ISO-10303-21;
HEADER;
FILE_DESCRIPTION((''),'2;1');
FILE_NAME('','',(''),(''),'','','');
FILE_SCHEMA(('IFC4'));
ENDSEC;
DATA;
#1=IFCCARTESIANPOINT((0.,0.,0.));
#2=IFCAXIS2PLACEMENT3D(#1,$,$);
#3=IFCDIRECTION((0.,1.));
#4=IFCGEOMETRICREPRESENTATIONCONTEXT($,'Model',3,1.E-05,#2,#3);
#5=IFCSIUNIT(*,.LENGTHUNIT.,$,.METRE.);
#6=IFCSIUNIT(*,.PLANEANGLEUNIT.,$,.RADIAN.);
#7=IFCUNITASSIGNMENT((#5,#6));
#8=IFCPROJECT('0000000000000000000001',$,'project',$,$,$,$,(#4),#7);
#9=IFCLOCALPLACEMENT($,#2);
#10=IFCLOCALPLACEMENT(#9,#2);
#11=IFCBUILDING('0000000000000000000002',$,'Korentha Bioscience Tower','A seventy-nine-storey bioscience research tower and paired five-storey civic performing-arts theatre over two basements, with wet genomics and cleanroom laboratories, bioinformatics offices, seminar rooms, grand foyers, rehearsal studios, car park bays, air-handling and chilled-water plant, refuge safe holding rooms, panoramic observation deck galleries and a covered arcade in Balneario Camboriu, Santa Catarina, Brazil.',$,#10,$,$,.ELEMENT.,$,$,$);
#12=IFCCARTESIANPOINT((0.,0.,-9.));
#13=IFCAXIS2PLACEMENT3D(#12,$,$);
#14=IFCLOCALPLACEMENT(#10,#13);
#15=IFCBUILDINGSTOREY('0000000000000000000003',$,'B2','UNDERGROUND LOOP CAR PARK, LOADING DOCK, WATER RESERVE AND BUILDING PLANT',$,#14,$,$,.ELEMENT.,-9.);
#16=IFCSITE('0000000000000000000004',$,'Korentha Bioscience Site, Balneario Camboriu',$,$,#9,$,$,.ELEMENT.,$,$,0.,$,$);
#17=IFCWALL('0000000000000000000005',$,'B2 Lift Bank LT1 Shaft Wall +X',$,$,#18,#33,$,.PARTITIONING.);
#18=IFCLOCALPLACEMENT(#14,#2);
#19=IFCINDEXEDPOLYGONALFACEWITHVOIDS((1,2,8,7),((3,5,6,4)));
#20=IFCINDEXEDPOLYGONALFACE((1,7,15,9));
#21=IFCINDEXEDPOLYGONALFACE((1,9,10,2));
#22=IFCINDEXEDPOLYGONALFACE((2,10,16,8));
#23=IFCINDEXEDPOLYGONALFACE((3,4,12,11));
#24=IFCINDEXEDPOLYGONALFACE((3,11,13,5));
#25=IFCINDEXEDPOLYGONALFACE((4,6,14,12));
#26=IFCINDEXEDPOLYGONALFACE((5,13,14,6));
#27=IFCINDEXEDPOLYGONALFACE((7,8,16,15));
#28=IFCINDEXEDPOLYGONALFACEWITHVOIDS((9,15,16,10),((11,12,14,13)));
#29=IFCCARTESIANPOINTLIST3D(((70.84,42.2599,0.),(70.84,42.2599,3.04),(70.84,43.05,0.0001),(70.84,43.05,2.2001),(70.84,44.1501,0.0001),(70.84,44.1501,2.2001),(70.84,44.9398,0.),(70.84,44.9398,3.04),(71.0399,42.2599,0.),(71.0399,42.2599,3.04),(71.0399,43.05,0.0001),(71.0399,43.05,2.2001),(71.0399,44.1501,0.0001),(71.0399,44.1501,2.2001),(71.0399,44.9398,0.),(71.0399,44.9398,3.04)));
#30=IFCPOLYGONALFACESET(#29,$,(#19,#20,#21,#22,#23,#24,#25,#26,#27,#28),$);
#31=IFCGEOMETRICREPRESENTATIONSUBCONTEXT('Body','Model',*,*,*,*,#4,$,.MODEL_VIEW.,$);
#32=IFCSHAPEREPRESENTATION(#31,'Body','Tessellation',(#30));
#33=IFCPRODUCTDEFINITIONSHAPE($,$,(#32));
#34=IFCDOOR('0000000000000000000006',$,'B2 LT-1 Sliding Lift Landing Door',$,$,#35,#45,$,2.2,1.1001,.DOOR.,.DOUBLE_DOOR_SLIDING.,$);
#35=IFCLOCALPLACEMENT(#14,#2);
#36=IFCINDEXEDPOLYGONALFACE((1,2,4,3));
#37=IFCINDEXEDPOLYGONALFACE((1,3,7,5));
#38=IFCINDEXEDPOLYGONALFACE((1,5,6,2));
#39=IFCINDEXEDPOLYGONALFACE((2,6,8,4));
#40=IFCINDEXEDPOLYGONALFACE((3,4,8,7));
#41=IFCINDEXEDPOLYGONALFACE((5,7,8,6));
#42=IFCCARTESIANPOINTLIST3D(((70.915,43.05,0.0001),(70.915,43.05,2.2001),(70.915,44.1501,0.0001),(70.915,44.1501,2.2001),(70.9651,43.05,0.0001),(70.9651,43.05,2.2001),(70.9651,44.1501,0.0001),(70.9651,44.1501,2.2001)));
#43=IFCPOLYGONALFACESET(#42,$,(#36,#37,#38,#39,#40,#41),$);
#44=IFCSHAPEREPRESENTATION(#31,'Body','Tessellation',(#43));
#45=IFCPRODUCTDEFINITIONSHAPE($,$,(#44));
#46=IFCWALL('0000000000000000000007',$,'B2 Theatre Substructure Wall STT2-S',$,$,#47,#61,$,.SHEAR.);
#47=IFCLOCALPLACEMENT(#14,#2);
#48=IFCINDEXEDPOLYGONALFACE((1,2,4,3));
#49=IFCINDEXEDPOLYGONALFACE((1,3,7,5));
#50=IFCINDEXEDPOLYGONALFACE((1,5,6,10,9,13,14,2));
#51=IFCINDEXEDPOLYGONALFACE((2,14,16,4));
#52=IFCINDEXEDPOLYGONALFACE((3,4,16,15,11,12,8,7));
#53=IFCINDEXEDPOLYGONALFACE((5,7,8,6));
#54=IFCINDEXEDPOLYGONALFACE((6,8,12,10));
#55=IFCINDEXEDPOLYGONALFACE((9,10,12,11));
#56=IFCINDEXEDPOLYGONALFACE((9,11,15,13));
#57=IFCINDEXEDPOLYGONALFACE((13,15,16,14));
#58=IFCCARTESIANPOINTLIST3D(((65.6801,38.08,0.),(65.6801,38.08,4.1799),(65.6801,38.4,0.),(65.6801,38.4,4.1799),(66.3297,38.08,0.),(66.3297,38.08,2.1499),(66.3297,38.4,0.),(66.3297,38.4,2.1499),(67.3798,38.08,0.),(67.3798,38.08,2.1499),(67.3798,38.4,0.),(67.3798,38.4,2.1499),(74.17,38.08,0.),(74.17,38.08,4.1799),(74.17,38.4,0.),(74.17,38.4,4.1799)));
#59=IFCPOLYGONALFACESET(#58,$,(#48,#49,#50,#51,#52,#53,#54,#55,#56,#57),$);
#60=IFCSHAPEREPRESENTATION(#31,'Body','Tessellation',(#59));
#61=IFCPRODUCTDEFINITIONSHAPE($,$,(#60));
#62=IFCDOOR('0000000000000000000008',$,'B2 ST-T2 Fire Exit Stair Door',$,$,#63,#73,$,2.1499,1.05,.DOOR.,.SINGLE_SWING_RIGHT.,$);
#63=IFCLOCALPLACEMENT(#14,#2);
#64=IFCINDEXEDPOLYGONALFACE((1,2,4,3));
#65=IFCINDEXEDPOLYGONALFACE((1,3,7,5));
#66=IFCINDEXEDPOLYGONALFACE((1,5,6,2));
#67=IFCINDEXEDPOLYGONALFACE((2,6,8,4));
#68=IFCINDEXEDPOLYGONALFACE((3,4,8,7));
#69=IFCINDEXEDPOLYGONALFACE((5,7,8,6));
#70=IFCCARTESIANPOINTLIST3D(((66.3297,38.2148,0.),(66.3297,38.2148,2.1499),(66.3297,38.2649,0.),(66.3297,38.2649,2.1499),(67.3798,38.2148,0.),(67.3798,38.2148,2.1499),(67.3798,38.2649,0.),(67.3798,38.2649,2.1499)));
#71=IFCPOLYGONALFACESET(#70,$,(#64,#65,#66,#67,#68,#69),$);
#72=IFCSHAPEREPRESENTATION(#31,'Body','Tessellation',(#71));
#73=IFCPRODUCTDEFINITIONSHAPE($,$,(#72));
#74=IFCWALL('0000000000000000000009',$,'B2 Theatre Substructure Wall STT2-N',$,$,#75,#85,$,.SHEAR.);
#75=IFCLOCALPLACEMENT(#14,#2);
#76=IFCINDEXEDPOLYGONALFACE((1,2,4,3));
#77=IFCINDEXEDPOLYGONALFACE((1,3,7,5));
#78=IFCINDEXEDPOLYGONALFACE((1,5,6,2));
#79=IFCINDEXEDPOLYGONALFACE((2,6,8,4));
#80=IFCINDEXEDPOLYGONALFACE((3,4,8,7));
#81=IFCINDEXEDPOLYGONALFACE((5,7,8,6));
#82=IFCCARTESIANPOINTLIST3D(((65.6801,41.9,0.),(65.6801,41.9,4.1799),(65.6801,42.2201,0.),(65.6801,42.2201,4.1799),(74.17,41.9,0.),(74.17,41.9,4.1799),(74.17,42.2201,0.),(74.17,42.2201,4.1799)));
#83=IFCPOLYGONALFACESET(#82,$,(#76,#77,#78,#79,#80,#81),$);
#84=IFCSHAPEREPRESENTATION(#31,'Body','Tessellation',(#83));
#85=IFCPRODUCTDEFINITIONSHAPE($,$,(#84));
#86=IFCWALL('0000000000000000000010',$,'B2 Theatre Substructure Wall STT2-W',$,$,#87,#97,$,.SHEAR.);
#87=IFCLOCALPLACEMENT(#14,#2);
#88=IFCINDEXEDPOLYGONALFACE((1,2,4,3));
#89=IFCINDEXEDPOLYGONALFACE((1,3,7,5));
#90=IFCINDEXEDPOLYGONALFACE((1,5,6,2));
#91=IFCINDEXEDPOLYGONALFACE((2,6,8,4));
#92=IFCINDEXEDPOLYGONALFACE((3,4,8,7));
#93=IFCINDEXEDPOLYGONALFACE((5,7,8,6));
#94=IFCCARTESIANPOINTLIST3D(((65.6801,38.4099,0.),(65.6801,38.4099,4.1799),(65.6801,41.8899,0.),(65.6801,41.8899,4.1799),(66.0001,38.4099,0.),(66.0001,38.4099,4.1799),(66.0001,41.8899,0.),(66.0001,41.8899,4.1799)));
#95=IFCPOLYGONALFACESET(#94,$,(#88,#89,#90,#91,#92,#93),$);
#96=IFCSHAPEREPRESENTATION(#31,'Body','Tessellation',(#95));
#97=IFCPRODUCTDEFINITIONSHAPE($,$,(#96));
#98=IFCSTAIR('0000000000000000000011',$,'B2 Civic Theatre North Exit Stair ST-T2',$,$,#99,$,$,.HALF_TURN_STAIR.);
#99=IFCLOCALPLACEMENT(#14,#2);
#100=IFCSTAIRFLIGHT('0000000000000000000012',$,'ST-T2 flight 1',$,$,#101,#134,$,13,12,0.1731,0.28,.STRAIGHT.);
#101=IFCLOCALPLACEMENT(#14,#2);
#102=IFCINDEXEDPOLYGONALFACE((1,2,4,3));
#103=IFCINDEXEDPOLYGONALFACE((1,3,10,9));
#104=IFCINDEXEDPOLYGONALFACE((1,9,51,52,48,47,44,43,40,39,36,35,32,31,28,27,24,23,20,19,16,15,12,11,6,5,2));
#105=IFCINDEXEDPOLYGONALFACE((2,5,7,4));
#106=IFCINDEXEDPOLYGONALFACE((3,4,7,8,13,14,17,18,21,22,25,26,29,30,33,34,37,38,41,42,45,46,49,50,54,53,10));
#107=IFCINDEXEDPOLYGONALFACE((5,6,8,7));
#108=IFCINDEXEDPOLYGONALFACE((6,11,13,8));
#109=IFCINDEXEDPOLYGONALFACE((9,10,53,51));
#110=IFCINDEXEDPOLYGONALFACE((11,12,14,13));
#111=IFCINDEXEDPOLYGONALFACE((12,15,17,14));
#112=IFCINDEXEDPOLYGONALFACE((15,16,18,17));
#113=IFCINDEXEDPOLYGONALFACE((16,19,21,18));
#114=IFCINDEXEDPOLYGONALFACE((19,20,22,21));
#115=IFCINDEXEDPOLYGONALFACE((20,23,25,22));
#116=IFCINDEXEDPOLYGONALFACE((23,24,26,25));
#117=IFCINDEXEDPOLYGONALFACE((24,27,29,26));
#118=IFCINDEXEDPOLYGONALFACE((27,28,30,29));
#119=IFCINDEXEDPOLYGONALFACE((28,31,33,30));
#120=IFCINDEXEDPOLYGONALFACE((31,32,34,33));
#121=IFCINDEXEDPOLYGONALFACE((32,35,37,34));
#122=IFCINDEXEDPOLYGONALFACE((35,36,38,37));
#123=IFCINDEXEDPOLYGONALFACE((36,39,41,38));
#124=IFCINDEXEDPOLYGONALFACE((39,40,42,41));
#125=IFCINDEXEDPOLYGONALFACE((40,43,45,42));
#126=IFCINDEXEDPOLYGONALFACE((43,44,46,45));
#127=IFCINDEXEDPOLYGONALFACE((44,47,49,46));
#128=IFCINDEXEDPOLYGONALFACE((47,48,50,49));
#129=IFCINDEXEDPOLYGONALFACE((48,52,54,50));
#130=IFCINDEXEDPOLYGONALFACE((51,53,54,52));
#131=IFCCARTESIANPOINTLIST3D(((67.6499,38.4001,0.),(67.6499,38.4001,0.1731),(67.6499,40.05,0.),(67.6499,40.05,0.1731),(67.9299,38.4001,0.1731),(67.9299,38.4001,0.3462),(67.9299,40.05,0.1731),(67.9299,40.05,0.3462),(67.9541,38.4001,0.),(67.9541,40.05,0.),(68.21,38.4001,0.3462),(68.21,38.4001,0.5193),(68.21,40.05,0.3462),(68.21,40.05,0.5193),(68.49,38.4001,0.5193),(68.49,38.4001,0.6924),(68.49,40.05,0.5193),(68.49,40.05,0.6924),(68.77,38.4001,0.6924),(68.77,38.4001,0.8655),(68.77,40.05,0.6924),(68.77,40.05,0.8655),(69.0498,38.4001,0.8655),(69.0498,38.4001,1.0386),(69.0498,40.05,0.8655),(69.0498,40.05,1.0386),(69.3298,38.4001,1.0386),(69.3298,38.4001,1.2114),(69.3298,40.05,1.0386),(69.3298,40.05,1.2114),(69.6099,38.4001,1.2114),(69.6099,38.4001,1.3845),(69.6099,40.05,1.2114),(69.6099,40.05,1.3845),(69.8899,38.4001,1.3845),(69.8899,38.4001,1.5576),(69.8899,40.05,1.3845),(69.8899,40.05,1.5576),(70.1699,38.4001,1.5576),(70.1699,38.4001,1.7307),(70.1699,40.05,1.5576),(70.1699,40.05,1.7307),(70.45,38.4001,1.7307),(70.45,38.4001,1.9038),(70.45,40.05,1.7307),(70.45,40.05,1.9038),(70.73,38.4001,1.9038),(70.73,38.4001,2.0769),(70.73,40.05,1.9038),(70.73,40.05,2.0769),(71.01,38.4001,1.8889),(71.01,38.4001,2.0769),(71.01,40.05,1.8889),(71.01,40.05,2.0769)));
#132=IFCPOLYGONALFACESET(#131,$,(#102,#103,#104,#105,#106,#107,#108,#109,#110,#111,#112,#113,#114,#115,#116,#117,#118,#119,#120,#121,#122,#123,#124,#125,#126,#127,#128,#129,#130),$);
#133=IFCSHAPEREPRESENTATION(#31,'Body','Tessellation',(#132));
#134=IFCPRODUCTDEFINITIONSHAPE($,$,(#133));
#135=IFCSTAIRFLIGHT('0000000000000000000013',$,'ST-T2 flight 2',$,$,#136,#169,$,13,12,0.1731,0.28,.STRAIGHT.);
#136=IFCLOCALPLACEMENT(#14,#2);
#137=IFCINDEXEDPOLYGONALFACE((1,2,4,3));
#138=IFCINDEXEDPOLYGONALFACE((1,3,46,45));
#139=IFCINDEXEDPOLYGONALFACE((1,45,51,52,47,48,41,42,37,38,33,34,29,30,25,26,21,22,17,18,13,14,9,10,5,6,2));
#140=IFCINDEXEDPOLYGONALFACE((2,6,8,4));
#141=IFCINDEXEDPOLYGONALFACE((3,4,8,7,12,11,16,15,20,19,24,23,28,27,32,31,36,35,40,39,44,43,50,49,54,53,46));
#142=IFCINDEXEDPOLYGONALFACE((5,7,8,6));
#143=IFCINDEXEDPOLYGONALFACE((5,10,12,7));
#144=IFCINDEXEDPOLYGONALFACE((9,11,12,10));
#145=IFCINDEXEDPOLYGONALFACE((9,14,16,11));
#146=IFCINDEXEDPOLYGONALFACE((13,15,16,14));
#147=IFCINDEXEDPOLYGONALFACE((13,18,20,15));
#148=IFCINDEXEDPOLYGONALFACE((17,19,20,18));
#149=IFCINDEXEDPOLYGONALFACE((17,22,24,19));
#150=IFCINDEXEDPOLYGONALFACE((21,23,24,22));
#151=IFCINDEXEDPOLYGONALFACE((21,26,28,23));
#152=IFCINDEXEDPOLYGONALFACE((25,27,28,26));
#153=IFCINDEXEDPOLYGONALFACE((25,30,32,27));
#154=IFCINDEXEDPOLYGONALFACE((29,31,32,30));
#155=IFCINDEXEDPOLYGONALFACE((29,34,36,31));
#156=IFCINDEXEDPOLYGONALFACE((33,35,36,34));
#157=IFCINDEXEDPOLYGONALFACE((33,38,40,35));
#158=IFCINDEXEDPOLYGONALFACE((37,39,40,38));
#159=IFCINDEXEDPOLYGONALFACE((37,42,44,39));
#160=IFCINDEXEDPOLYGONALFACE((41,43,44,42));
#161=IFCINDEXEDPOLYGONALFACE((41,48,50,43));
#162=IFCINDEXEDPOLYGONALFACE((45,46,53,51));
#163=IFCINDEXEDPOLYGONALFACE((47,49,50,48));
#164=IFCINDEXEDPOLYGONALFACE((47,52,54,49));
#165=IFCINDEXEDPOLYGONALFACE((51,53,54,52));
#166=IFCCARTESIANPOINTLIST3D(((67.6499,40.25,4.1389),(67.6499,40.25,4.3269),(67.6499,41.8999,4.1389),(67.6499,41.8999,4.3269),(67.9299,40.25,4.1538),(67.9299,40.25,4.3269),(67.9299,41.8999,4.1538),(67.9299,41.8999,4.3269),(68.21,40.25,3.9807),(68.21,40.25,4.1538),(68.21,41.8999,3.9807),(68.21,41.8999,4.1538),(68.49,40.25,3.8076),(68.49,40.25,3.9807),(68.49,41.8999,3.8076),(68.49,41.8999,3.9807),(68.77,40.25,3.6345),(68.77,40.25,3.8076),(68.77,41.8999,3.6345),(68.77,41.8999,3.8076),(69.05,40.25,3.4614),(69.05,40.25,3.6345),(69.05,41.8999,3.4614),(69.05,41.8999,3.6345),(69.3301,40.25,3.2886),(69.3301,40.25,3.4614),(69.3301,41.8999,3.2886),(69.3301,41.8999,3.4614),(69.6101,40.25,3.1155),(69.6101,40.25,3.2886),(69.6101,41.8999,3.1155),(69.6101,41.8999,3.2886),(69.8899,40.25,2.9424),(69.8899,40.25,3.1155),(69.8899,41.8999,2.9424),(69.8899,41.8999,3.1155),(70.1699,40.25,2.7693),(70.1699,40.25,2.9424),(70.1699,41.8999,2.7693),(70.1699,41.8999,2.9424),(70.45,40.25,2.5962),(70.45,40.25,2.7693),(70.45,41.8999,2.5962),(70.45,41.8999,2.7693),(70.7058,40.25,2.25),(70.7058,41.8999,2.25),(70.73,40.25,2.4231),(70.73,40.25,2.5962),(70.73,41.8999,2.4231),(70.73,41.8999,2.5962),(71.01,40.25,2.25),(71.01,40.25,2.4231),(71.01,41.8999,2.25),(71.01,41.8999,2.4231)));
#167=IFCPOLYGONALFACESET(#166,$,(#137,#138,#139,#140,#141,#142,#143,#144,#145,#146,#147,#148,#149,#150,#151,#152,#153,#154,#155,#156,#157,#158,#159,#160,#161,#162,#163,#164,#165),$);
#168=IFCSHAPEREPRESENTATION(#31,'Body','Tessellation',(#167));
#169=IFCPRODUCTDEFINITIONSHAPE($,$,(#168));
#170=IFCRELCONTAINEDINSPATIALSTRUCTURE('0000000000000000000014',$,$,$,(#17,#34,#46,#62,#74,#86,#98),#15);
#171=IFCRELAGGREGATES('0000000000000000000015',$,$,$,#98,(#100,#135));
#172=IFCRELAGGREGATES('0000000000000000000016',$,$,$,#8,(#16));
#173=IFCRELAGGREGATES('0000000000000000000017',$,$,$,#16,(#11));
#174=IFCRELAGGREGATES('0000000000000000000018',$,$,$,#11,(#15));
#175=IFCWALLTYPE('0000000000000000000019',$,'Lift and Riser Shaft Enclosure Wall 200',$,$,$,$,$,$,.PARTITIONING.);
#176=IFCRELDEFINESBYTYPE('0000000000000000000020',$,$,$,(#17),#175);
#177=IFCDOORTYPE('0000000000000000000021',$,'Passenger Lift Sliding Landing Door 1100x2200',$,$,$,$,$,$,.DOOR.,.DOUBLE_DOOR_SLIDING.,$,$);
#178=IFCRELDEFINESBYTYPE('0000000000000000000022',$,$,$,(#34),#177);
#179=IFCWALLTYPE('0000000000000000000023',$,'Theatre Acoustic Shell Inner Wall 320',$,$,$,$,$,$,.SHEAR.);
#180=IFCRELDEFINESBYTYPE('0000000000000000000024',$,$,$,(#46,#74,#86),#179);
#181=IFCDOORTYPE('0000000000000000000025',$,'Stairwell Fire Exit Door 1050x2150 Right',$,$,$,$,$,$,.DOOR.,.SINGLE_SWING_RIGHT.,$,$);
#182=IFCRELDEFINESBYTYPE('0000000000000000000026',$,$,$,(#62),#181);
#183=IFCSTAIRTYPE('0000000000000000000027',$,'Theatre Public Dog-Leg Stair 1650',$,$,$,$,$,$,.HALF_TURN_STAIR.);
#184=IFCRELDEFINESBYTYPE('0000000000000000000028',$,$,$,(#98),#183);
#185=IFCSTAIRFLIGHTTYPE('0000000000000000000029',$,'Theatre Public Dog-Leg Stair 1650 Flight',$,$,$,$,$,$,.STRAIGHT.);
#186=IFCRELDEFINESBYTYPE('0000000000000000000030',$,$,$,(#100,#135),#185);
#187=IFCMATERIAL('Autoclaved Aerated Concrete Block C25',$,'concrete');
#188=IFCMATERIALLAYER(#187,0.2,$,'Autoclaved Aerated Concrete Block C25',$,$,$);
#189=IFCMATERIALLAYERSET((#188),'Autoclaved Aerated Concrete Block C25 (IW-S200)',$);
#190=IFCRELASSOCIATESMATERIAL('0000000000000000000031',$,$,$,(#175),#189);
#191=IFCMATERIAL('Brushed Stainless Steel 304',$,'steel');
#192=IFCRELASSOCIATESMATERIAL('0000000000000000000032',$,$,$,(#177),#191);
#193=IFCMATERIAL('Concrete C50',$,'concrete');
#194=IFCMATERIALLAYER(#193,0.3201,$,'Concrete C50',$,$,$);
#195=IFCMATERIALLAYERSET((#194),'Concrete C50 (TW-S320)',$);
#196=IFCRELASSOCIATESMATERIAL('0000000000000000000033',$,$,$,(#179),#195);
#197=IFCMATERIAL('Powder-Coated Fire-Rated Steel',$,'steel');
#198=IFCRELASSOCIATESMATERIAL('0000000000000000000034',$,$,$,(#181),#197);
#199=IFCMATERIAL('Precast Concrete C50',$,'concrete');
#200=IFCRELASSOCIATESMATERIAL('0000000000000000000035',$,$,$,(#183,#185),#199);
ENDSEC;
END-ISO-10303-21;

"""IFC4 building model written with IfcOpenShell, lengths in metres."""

from ifc_helpers import new_model, si_unit, direction, frame, frame_2d, origin, place, context, subcontext, project, spatial, polyline, rectangle, outline, extrude, material, layer, layer_set, type_object, element, fill, aggregate, save


model = new_model("IFC4")

# Units and contexts
model_context = context("Model", 3, precision=1e-05, world=origin(), true_north=direction((0.0, 1.0)))
body_context = subcontext(model_context, "Body", "Model", "MODEL_VIEW")
ifc_project = project(units=[si_unit("LENGTHUNIT", "METRE"), si_unit("PLANEANGLEUNIT", "RADIAN")], contexts=[model_context])

# Site, building, storey
site_placement = place(None, origin())
site = spatial("IfcSite", under=ifc_project, at=site_placement, Name="Korentha Bioscience Site, Balneario Camboriu", CompositionType="ELEMENT", RefElevation=0.0)
building_placement = place(site_placement, origin())
building = spatial("IfcBuilding", under=site, at=building_placement, Name="Korentha Bioscience Tower", Description="A seventy-nine-storey bioscience research tower and paired five-storey civic performing-arts theatre over two basements, with wet genomics and cleanroom laboratories, bioinformatics offices, seminar rooms, grand foyers, rehearsal studios, car park bays, air-handling and chilled-water plant, refuge safe holding rooms, panoramic observation deck galleries and a covered arcade in Balneario Camboriu, Santa Catarina, Brazil.", CompositionType="ELEMENT")
storey_placement = place(building_placement, frame((0.0, 0.0, -9.0)))
storey = spatial("IfcBuildingStorey", under=building, at=storey_placement, Name="B2", Description="UNDERGROUND LOOP CAR PARK, LOADING DOCK, WATER RESERVE AND BUILDING PLANT", CompositionType="ELEMENT", Elevation=-9.0)

# Shared definitions
ifc_material_1 = material(Name="Concrete C50", Category="concrete")

# Shared definitions
ifc_material_2 = material(Name="Autoclaved Aerated Concrete Block C25", Category="concrete")
ifc_layer_1 = layer(ifc_material_2, 0.2, Name="Autoclaved Aerated Concrete Block C25")
ifc_layer_set_1 = layer_set([ifc_layer_1], Name="Autoclaved Aerated Concrete Block C25 (IW-S200)")
wall_type_1 = type_object("IfcWallType", Name="Lift and Riser Shaft Enclosure Wall 200", PredefinedType="PARTITIONING", material=ifc_layer_set_1)

# Walls, openings, doors
wall_1_placement = place(storey_placement, frame((70.9399, 42.26, 0.0), z_axis=(0.0, 0.0, 1.0), x_axis=(0.0, 1.0, 0.0)))
wall_1 = element("IfcWall", 1, at=wall_1_placement, inside=storey, type_object=wall_type_1, Name="B2 Lift Bank LT1 Shaft Wall +X", PredefinedType="PARTITIONING", context=body_context, shape_type="SweptSolid", body=[
    extrude(rectangle(XDim=2.6799, YDim=0.2, at=frame_2d((1.3398, 0.0))), origin(), (0.0, 0.0, 1.0), 3.04),
])
opening_1_placement = place(wall_1_placement, frame((0.79, 0.0, 0.0)))
opening_1 = element("IfcOpeningElement", 2, at=opening_1_placement, cuts=wall_1, PredefinedType="OPENING", context=body_context, shape_type="SweptSolid", body=[
    extrude(rectangle(XDim=1.1001, YDim=2.2, at=frame_2d((0.55, 1.1001))), frame((0.0, 0.1147, 0.0), z_axis=(0.0, -1.0, 0.0), x_axis=(1.0, 0.0, 0.0)), (0.0, 0.0, 1.0), 0.2297),
])
ifc_material_3 = material(Name="Brushed Stainless Steel 304", Category="steel")
door_type_1 = type_object("IfcDoorType", Name="Passenger Lift Sliding Landing Door 1100x2200", OperationType="DOUBLE_DOOR_SLIDING", PredefinedType="DOOR", material=ifc_material_3)
door_1_placement = place(opening_1_placement, origin())
door_1 = element("IfcDoor", 3, at=door_1_placement, inside=storey, type_object=door_type_1, Name="B2 LT-1 Sliding Lift Landing Door", OperationType="DOUBLE_DOOR_SLIDING", OverallHeight=2.2, OverallWidth=1.1001, PredefinedType="DOOR", context=body_context, shape_type="SweptSolid", body=[
    extrude(rectangle(XDim=1.1001, YDim=2.2, at=frame_2d((0.55, 1.1001))), frame((0.0, 0.0249, 0.0), z_axis=(0.0, -1.0, 0.0), x_axis=(1.0, 0.0, 0.0)), (0.0, 0.0, 1.0), 0.05),
])
fill(opening_1, door_1)
ifc_layer_2 = layer(ifc_material_1, 0.3201, Name="Concrete C50")
ifc_layer_set_2 = layer_set([ifc_layer_2], Name="Concrete C50 (TW-S320)")
wall_type_2 = type_object("IfcWallType", Name="Theatre Acoustic Shell Inner Wall 320", PredefinedType="SHEAR", material=ifc_layer_set_2)
wall_2_placement = place(storey_placement, frame((65.6799, 38.24, 0.0), z_axis=(0.0, 0.0, 1.0), x_axis=(1.0, 0.0, 0.0)))
wall_2 = element("IfcWall", 4, at=wall_2_placement, inside=storey, type_object=wall_type_2, Name="B2 Theatre Substructure Wall STT2-S", PredefinedType="SHEAR", context=body_context, shape_type="SweptSolid", body=[
    extrude(rectangle(XDim=8.49, YDim=0.3201, at=frame_2d((4.2451, 0.0))), origin(), (0.0, 0.0, 1.0), 4.1799),
])
opening_2_placement = place(wall_2_placement, frame((0.6499, 0.0, 0.0)))
opening_2 = element("IfcOpeningElement", 5, at=opening_2_placement, cuts=wall_2, PredefinedType="OPENING", context=body_context, shape_type="SweptSolid", body=[
    extrude(rectangle(XDim=1.05, YDim=2.1499, at=frame_2d((0.5249, 1.075))), frame((0.0, 0.1748, 0.0), z_axis=(0.0, -1.0, 0.0), x_axis=(1.0, 0.0, 0.0)), (0.0, 0.0, 1.0), 0.3499),
])
ifc_material_4 = material(Name="Powder-Coated Fire-Rated Steel", Category="steel")
door_type_2 = type_object("IfcDoorType", Name="Stairwell Fire Exit Door 1050x2150 Right", OperationType="SINGLE_SWING_RIGHT", PredefinedType="DOOR", material=ifc_material_4)
door_2_placement = place(opening_2_placement, origin())
door_2 = element("IfcDoor", 6, at=door_2_placement, inside=storey, type_object=door_type_2, Name="B2 ST-T2 Fire Exit Stair Door", OperationType="SINGLE_SWING_RIGHT", OverallHeight=2.1499, OverallWidth=1.05, PredefinedType="DOOR", context=body_context, shape_type="SweptSolid", body=[
    extrude(rectangle(XDim=1.05, YDim=2.1499, at=frame_2d((0.5249, 1.075))), frame((0.0, 0.0249, 0.0), z_axis=(0.0, -1.0, 0.0), x_axis=(1.0, 0.0, 0.0)), (0.0, 0.0, 1.0), 0.05),
])
fill(opening_2, door_2)

# Walls
wall_3_placement = place(storey_placement, frame((65.6799, 42.0601, 0.0), z_axis=(0.0, 0.0, 1.0), x_axis=(1.0, 0.0, 0.0)))
element("IfcWall", 7, at=wall_3_placement, inside=storey, type_object=wall_type_2, Name="B2 Theatre Substructure Wall STT2-N", PredefinedType="SHEAR", context=body_context, shape_type="SweptSolid", body=[
    extrude(rectangle(XDim=8.49, YDim=0.3201, at=frame_2d((4.2451, 0.0))), origin(), (0.0, 0.0, 1.0), 4.1799),
])
wall_4_placement = place(storey_placement, frame((65.8401, 38.4099, 0.0), z_axis=(0.0, 0.0, 1.0), x_axis=(0.0, 1.0, 0.0)))
element("IfcWall", 8, at=wall_4_placement, inside=storey, type_object=wall_type_2, Name="B2 Theatre Substructure Wall STT2-W", PredefinedType="SHEAR", context=body_context, shape_type="SweptSolid", body=[
    extrude(rectangle(XDim=3.48, YDim=0.3201, at=frame_2d((1.74, 0.0))), origin(), (0.0, 0.0, 1.0), 4.1799),
])

# Stair, stair flights
ifc_material_5 = material(Name="Precast Concrete C50", Category="concrete")
stair_type = type_object("IfcStairType", Name="Theatre Public Dog-Leg Stair 1650", PredefinedType="HALF_TURN_STAIR", material=ifc_material_5)
stair_placement = place(storey_placement, origin())
stair = element("IfcStair", 9, at=stair_placement, inside=storey, type_object=stair_type, Name="B2 Civic Theatre North Exit Stair ST-T2", PredefinedType="HALF_TURN_STAIR")
stair_flight_type = type_object("IfcStairFlightType", Name="Theatre Public Dog-Leg Stair 1650 Flight", PredefinedType="STRAIGHT", material=ifc_material_5)
stair_flight_1_placement = place(storey_placement, frame((67.6499, 39.2251, 0.0), z_axis=(0.0, 0.0, 1.0), x_axis=(1.0, 0.0, 0.0)))
stair_flight_1 = element("IfcStairFlight", 10, at=stair_flight_1_placement, type_object=stair_flight_type, Name="ST-T2 flight 1", NumberOfRisers=13, NumberOfTreads=12, PredefinedType="STRAIGHT", RiserHeight=0.1731, TreadLength=0.28, context=body_context, shape_type="SweptSolid", body=[
    extrude(outline(polyline([(0.0, 0.0), (0.0, 0.1731), (0.28, 0.1731), (0.28, 0.3462), (0.5601, 0.3462), (0.5601, 0.5193), (0.8401, 0.5193), (0.8401, 0.6924), (1.1201, 0.6924), (1.1201, 0.8655), (1.3999, 0.8655), (1.3999, 1.0386), (1.6799, 1.0386), (1.6799, 1.2114), (1.96, 1.2114), (1.96, 1.3845), (2.24, 1.3845), (2.24, 1.5576), (2.52, 1.5576), (2.52, 1.7307), (2.8, 1.7307), (2.8, 1.9038), (3.0801, 1.9038), (3.0801, 2.0769), (3.3601, 2.0769), (3.3601, 2.25), (3.3601, 1.8889), (0.3042, 0.0), (0.0, 0.0)])), frame((0.0, 0.825, 0.0), z_axis=(0.0, -1.0, 0.0), x_axis=(1.0, 0.0, 0.0)), (0.0, 0.0, 1.0), 1.6499),
])
stair_flight_2_placement = place(storey_placement, frame((71.01, 41.075, 2.25), z_axis=(0.0, 0.0, 1.0), x_axis=(-1.0, 0.0, 0.0)))
stair_flight_2 = element("IfcStairFlight", 11, at=stair_flight_2_placement, type_object=stair_flight_type, Name="ST-T2 flight 2", NumberOfRisers=13, NumberOfTreads=12, PredefinedType="STRAIGHT", RiserHeight=0.1731, TreadLength=0.28, context=body_context, shape_type="SweptSolid", body=[
    extrude(outline(polyline([(0.0, 0.0), (0.0, 0.1731), (0.28, 0.1731), (0.28, 0.3462), (0.5601, 0.3462), (0.5601, 0.5193), (0.8401, 0.5193), (0.8401, 0.6924), (1.1201, 0.6924), (1.1201, 0.8655), (1.3999, 0.8655), (1.3999, 1.0386), (1.6799, 1.0386), (1.6799, 1.2114), (1.96, 1.2114), (1.96, 1.3845), (2.24, 1.3845), (2.24, 1.5576), (2.52, 1.5576), (2.52, 1.7307), (2.8, 1.7307), (2.8, 1.9038), (3.0801, 1.9038), (3.0801, 2.0769), (3.3601, 2.0769), (3.3601, 2.25), (3.3601, 1.8889), (0.3042, 0.0), (0.0, 0.0)])), frame((0.0, 0.825, 0.0), z_axis=(0.0, -1.0, 0.0), x_axis=(1.0, 0.0, 0.0)), (0.0, 0.0, 1.0), 1.6499),
])
aggregate(stair, [stair_flight_1, stair_flight_2])

save(model, "model.ifc")
